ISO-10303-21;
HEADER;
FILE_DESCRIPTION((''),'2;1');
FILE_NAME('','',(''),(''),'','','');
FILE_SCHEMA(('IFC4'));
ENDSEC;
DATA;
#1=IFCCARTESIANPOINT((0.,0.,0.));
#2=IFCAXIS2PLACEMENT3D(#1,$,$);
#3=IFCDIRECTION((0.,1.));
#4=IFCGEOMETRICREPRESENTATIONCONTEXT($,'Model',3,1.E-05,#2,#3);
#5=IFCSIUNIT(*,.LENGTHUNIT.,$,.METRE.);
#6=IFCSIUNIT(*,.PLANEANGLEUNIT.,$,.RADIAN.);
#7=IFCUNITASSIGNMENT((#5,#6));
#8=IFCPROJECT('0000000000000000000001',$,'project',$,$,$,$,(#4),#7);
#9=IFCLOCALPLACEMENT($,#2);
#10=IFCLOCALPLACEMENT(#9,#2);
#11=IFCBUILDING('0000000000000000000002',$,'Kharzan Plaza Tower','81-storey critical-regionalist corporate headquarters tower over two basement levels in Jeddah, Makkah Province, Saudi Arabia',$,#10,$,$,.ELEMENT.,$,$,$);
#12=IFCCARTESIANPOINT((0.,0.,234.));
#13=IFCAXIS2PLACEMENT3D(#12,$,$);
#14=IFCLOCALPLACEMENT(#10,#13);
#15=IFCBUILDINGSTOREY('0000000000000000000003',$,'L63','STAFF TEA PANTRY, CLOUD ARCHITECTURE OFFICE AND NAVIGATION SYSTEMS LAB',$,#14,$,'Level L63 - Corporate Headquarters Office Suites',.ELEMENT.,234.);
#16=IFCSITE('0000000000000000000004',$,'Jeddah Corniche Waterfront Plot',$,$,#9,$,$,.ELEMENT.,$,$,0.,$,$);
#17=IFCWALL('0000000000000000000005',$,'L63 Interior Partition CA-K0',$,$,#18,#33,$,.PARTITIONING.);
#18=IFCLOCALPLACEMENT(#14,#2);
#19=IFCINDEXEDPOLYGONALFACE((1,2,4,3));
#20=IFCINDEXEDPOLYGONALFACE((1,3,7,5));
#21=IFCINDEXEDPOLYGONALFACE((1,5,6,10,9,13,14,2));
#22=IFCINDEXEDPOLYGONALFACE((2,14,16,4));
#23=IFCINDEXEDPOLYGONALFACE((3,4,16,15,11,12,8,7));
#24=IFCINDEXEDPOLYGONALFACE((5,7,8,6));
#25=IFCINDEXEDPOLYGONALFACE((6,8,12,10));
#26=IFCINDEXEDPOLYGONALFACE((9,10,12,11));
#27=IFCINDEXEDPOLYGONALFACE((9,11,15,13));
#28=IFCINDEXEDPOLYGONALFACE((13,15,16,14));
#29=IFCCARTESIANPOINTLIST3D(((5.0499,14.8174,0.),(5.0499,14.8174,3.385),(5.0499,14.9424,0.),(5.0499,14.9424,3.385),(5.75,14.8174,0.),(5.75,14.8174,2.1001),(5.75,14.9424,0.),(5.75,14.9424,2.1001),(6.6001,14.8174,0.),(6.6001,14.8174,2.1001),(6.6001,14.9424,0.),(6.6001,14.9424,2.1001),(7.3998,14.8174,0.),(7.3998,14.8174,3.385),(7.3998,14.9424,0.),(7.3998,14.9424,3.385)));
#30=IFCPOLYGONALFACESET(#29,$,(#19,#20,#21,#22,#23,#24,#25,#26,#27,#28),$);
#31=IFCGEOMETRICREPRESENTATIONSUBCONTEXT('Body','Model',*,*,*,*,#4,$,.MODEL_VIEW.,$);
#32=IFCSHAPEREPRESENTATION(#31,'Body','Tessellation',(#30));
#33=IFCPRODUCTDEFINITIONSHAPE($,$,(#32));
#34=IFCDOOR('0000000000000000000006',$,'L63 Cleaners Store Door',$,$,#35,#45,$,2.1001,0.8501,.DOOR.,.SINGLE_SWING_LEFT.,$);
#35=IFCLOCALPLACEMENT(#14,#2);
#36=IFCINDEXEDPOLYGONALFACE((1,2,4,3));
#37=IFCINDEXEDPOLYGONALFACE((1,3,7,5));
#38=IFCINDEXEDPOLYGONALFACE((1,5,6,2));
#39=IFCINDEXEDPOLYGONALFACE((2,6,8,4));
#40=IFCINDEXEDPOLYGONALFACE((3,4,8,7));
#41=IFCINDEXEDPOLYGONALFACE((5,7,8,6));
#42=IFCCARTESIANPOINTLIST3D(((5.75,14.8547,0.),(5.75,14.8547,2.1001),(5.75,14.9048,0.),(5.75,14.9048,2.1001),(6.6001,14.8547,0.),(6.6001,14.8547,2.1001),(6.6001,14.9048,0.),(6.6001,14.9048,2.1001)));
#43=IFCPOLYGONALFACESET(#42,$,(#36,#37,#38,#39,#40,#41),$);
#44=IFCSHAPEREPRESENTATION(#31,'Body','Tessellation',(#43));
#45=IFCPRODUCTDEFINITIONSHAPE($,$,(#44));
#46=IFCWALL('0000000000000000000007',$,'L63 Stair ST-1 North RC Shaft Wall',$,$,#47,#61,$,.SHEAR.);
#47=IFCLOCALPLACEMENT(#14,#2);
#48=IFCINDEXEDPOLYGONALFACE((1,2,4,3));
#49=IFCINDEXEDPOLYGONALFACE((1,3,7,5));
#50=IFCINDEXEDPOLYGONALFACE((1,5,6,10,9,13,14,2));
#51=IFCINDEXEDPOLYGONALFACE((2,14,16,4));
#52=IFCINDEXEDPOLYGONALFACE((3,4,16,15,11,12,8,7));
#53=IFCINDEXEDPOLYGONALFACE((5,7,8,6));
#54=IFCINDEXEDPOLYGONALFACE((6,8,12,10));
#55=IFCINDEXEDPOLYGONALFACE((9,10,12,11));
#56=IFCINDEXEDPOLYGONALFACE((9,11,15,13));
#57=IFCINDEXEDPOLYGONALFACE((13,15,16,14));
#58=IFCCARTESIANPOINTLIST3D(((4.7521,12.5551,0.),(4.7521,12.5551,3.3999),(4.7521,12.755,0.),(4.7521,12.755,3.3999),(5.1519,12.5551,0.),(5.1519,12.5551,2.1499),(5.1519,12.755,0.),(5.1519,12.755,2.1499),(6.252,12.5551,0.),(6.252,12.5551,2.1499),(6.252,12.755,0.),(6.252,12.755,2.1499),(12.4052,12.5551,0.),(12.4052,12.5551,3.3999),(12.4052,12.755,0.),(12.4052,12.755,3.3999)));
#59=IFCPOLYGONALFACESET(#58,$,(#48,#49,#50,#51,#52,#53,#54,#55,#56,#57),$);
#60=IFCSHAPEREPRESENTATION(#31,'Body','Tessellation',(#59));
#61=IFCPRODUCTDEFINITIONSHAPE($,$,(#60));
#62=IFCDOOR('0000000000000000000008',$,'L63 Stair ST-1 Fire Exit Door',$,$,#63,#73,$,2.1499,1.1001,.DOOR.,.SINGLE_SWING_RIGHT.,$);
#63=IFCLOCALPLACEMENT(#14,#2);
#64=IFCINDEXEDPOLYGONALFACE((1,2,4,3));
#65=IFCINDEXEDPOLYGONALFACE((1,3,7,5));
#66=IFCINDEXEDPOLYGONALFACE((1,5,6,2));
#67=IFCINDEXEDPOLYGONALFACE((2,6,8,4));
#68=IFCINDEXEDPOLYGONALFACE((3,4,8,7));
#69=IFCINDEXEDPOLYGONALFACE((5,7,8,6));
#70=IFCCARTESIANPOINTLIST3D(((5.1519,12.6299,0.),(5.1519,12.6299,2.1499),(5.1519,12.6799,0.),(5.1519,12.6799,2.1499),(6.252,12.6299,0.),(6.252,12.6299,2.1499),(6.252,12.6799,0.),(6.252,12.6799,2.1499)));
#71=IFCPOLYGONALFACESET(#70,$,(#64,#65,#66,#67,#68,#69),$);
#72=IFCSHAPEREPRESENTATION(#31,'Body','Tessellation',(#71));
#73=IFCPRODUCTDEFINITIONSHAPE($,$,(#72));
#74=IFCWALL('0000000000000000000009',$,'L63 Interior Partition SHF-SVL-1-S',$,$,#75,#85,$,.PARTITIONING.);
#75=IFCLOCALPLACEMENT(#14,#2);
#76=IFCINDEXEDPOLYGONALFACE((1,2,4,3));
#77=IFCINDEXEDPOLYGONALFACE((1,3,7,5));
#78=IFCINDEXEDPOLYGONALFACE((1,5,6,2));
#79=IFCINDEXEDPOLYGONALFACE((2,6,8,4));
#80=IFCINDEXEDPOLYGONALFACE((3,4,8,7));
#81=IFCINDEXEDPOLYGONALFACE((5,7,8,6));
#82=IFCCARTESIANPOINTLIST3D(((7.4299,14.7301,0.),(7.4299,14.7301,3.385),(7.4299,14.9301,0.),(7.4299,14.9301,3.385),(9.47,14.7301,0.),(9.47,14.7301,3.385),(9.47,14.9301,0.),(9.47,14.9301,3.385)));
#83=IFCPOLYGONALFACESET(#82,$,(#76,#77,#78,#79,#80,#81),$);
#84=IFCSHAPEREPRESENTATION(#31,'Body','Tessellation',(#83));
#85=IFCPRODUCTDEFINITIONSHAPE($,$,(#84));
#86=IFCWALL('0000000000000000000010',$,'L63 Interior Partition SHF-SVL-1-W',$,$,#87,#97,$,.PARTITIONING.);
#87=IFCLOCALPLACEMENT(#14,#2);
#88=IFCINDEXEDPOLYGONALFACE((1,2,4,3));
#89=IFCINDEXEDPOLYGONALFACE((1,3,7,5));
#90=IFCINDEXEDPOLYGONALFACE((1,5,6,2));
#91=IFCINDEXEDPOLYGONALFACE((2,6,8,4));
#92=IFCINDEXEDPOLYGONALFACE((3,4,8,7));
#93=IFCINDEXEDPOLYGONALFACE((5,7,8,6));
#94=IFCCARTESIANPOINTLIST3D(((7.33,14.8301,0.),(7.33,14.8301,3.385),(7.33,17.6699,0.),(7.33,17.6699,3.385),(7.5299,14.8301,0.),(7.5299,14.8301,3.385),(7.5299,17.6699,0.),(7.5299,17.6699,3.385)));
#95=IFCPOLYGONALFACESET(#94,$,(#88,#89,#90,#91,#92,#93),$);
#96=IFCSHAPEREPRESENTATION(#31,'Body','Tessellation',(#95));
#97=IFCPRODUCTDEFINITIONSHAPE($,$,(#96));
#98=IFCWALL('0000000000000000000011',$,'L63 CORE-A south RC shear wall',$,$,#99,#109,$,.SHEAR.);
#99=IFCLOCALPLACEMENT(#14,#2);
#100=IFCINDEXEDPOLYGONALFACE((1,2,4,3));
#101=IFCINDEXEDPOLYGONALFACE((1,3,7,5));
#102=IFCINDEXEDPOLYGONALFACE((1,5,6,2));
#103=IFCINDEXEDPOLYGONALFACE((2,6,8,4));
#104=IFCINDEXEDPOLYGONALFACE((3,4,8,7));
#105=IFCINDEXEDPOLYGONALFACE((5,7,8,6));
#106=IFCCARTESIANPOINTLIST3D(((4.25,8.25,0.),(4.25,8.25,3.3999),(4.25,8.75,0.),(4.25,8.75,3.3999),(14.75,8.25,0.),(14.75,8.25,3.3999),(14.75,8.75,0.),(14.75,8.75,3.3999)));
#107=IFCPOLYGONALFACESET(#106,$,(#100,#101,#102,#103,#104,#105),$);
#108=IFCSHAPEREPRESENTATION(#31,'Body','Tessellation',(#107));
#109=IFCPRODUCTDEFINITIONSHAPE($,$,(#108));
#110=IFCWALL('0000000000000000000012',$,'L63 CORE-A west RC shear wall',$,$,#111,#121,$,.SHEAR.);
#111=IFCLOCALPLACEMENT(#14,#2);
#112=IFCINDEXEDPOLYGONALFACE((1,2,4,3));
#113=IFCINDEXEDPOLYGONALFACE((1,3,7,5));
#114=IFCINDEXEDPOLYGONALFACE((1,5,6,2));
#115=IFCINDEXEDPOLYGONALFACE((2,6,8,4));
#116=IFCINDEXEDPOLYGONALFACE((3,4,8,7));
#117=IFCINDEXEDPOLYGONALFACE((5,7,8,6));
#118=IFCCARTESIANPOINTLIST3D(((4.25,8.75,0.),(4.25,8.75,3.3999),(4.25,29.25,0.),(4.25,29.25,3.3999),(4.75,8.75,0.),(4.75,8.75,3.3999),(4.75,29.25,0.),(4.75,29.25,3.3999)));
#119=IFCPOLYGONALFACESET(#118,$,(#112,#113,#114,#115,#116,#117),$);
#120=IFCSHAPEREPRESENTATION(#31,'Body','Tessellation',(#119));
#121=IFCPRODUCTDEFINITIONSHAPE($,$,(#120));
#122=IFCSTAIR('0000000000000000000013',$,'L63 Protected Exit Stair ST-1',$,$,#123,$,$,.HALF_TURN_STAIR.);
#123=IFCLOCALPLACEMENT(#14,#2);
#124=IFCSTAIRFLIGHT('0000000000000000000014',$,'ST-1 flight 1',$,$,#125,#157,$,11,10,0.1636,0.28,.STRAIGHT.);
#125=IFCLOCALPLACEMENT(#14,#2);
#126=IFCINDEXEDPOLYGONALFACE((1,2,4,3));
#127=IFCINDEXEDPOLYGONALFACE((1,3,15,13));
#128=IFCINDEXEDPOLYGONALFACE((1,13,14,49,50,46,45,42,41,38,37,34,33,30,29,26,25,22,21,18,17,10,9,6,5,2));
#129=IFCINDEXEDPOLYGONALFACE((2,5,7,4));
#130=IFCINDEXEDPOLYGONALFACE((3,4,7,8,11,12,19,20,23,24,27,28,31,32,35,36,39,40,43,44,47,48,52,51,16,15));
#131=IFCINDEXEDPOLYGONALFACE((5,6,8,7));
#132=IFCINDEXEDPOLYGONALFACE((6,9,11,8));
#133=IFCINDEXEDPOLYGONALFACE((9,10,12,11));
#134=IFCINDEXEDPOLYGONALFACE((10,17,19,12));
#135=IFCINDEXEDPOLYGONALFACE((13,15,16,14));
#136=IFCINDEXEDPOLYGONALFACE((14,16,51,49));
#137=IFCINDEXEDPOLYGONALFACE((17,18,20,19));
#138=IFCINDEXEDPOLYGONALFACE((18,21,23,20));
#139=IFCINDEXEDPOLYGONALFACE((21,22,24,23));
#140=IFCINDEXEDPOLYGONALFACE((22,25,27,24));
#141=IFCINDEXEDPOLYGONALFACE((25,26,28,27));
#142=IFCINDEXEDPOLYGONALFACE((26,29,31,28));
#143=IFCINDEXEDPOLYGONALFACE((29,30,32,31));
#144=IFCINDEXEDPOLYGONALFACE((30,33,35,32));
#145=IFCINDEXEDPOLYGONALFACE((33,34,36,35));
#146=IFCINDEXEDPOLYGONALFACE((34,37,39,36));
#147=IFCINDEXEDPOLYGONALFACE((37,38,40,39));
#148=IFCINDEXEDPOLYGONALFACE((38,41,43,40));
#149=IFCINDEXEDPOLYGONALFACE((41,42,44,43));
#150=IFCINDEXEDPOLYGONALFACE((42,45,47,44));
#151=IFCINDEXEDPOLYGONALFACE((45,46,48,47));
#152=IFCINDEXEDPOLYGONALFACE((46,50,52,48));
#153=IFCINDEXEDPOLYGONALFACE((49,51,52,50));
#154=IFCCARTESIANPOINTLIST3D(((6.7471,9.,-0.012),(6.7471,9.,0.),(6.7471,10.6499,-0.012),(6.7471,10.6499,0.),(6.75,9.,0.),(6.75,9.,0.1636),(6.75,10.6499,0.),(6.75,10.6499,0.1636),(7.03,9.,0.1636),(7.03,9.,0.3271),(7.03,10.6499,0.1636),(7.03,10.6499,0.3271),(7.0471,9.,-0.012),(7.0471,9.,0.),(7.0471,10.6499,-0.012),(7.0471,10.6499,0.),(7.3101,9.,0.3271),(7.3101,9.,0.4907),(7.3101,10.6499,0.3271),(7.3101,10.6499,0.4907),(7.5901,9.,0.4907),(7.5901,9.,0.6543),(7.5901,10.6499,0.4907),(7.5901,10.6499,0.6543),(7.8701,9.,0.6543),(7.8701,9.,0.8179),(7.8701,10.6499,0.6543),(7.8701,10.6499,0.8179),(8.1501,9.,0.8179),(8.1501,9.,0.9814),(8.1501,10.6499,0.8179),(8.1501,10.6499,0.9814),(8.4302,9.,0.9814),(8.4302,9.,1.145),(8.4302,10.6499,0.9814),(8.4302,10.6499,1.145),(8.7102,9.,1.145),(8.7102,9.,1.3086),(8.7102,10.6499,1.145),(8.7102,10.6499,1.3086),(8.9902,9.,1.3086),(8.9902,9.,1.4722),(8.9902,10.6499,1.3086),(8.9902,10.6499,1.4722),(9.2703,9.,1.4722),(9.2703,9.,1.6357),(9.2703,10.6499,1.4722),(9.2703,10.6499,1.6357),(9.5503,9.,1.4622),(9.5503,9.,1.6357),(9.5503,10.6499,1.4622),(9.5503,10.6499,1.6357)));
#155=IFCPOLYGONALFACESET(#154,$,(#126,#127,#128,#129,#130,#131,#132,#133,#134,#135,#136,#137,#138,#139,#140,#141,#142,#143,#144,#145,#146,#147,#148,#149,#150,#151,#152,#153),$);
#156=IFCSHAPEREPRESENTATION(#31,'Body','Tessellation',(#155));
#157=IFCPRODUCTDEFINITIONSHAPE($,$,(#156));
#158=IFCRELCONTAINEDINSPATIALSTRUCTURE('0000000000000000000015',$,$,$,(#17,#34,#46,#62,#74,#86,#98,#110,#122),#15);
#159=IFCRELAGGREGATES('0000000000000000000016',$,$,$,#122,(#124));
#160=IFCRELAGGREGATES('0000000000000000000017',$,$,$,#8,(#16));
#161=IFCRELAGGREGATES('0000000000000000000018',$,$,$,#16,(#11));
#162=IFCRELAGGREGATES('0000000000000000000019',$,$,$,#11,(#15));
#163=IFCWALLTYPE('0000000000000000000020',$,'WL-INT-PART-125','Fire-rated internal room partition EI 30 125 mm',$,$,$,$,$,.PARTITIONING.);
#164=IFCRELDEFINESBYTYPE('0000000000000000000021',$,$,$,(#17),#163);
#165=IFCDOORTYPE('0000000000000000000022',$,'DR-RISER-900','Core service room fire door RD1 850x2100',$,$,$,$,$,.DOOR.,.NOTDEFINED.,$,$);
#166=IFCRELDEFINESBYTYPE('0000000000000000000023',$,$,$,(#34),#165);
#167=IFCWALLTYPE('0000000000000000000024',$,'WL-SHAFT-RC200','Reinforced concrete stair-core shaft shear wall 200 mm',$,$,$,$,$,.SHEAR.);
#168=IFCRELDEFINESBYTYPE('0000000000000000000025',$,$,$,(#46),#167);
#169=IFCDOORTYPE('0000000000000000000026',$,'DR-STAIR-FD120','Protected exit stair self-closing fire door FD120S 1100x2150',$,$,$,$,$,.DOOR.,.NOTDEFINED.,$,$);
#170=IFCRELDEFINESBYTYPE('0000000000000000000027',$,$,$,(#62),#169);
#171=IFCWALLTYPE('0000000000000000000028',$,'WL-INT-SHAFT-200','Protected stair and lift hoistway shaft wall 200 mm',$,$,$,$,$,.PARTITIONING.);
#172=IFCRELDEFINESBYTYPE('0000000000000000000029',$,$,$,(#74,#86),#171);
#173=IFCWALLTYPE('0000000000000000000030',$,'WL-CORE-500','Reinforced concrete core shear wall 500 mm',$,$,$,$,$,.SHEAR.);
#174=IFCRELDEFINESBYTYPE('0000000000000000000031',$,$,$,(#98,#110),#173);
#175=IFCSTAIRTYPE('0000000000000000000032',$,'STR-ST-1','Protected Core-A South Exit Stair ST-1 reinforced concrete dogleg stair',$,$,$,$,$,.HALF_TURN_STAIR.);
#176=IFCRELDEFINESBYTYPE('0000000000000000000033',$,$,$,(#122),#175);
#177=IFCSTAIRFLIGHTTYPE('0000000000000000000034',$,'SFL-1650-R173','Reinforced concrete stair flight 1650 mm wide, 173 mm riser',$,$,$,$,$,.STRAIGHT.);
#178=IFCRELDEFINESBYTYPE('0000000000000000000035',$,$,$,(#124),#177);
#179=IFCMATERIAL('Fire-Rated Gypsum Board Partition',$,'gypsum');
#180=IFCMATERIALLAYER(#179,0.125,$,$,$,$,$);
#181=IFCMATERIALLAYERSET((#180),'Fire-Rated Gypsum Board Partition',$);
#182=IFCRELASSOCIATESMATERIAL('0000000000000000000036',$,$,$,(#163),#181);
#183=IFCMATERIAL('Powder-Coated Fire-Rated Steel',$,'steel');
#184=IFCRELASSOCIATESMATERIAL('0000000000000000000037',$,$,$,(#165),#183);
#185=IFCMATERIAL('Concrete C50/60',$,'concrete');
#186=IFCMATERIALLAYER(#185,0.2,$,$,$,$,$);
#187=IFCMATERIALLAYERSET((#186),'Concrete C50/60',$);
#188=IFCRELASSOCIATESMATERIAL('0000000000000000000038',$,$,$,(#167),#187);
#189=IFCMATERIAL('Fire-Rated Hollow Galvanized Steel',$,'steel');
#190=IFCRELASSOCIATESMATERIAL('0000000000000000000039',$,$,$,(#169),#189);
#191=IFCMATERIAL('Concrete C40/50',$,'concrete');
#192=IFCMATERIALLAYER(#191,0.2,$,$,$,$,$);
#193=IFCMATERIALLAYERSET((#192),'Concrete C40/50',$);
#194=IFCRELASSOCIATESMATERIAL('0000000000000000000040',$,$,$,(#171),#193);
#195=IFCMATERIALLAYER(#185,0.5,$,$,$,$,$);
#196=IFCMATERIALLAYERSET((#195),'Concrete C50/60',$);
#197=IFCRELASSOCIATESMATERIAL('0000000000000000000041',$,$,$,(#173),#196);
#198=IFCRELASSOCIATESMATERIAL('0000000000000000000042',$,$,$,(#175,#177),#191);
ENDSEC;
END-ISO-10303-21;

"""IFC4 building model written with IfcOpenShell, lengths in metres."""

from ifc_helpers import new_model, si_unit, direction, frame, frame_2d, origin, place, context, subcontext, project, spatial, polyline, rectangle, outline, extrude, source, transform, mapped, material, layer, layer_set, type_object, element, fill, aggregate, save


model = new_model("IFC4")

# Units and contexts
model_context = context("Model", 3, precision=1e-05, world=origin(), true_north=direction((0.0, 1.0)))
body_context = subcontext(model_context, "Body", "Model", "MODEL_VIEW")
ifc_project = project(units=[si_unit("LENGTHUNIT", "METRE"), si_unit("PLANEANGLEUNIT", "RADIAN")], contexts=[model_context])

# Site, building, storey
site_placement = place(None, origin())
site = spatial("IfcSite", under=ifc_project, at=site_placement, Name="Jeddah Corniche Waterfront Plot", CompositionType="ELEMENT", RefElevation=0.0)
building_placement = place(site_placement, origin())
building = spatial("IfcBuilding", under=site, at=building_placement, Name="Kharzan Plaza Tower", Description="81-storey critical-regionalist corporate headquarters tower over two basement levels in Jeddah, Makkah Province, Saudi Arabia", CompositionType="ELEMENT")
storey_placement = place(building_placement, frame((0.0, 0.0, 234.0)))
storey = spatial("IfcBuildingStorey", under=building, at=storey_placement, Name="L63", Description="STAFF TEA PANTRY, CLOUD ARCHITECTURE OFFICE AND NAVIGATION SYSTEMS LAB", LongName="Level L63 - Corporate Headquarters Office Suites", CompositionType="ELEMENT", Elevation=234.0)

# Shared definitions
ifc_material_1 = material(Name="Concrete C50/60", Category="concrete")

# Shared definitions
ifc_material_2 = material(Name="Concrete C40/50", Category="concrete")

# Walls, openings, doors
ifc_material_3 = material(Name="Fire-Rated Gypsum Board Partition", Category="gypsum")
ifc_layer_1 = layer(ifc_material_3, 0.125)
ifc_layer_set_1 = layer_set([ifc_layer_1], Name="Fire-Rated Gypsum Board Partition")
wall_type_1 = type_object("IfcWallType", Name="WL-INT-PART-125", Description="Fire-rated internal room partition EI 30 125 mm", PredefinedType="PARTITIONING", material=ifc_layer_set_1)
wall_1_placement = place(storey_placement, frame((5.05, 14.8799, 0.0), z_axis=(0.0, 0.0, 1.0), x_axis=(1.0, 0.0, 0.0)))
wall_1 = element("IfcWall", 1, at=wall_1_placement, inside=storey, type_object=wall_type_1, Name="L63 Interior Partition CA-K0", PredefinedType="PARTITIONING", context=body_context, shape_type="SweptSolid", body=[
    extrude(rectangle(XDim=2.3499, YDim=0.125, at=frame_2d((1.1748, 0.0))), origin(), (0.0, 0.0, 1.0), 3.385),
])
opening_1_placement = place(wall_1_placement, frame((0.7, 0.0, 0.0)))
opening_1 = element("IfcOpeningElement", 2, at=opening_1_placement, cuts=wall_1, PredefinedType="OPENING", context=body_context, shape_type="SweptSolid", body=[
    extrude(rectangle(XDim=0.8501, YDim=2.1001, at=frame_2d((0.425, 1.05))), frame((0.0, 0.0725, 0.0), z_axis=(0.0, -1.0, 0.0), x_axis=(1.0, 0.0, 0.0)), (0.0, 0.0, 1.0), 0.145),
])
ifc_material_4 = material(Name="Powder-Coated Fire-Rated Steel", Category="steel")
door_type_1 = type_object("IfcDoorType", Name="DR-RISER-900", Description="Core service room fire door RD1 850x2100", OperationType="NOTDEFINED", PredefinedType="DOOR", material=ifc_material_4)
shared_shape_1 = source(origin(), body_context, "Body", "SweptSolid", [
    extrude(rectangle(XDim=0.8501, YDim=2.1001, at=frame_2d((0.425, 1.05))), frame((0.0, 0.0249, 0.0), z_axis=(0.0, -1.0, 0.0), x_axis=(1.0, 0.0, 0.0)), (0.0, 0.0, 1.0), 0.05),
])
door_1_placement = place(opening_1_placement, origin())
door_1 = element("IfcDoor", 3, at=door_1_placement, inside=storey, type_object=door_type_1, Name="L63 Cleaners Store Door", OperationType="SINGLE_SWING_LEFT", OverallHeight=2.1001, OverallWidth=0.8501, PredefinedType="DOOR", context=body_context, shape_type="MappedRepresentation", body=[
    mapped(shared_shape_1, transform((0.0, 0.0, 0.0), x_axis=(1.0, 0.0, 0.0), y_axis=(0.0, 1.0, 0.0), z_axis=(0.0, 0.0, 1.0))),
])
fill(opening_1, door_1)
ifc_layer_2 = layer(ifc_material_1, 0.2)
ifc_layer_set_2 = layer_set([ifc_layer_2], Name="Concrete C50/60")
wall_type_2 = type_object("IfcWallType", Name="WL-SHAFT-RC200", Description="Reinforced concrete stair-core shaft shear wall 200 mm", PredefinedType="SHEAR", material=ifc_layer_set_2)
wall_2_placement = place(storey_placement, frame((4.752, 12.655, 0.0), z_axis=(0.0, 0.0, 1.0), x_axis=(1.0, 0.0, 0.0)))
wall_2 = element("IfcWall", 4, at=wall_2_placement, inside=storey, type_object=wall_type_2, Name="L63 Stair ST-1 North RC Shaft Wall", PredefinedType="SHEAR", context=body_context, shape_type="SweptSolid", body=[
    extrude(rectangle(XDim=7.6531, YDim=0.2, at=frame_2d((3.8267, 0.0))), origin(), (0.0, 0.0, 1.0), 3.3999),
])
opening_2_placement = place(wall_2_placement, frame((0.3999, 0.0, 0.0)))
opening_2 = element("IfcOpeningElement", 5, at=opening_2_placement, cuts=wall_2, PredefinedType="OPENING", context=body_context, shape_type="SweptSolid", body=[
    extrude(rectangle(XDim=1.1001, YDim=2.1499, at=frame_2d((0.55, 1.075))), frame((0.0, 0.1099, 0.0), z_axis=(0.0, -1.0, 0.0), x_axis=(1.0, 0.0, 0.0)), (0.0, 0.0, 1.0), 0.22),
])
ifc_material_5 = material(Name="Fire-Rated Hollow Galvanized Steel", Category="steel")
door_type_2 = type_object("IfcDoorType", Name="DR-STAIR-FD120", Description="Protected exit stair self-closing fire door FD120S 1100x2150", OperationType="NOTDEFINED", PredefinedType="DOOR", material=ifc_material_5)
shared_shape_2 = source(origin(), body_context, "Body", "SweptSolid", [
    extrude(rectangle(XDim=1.1001, YDim=2.1499, at=frame_2d((0.55, 1.075))), frame((0.0, 0.0249, 0.0), z_axis=(0.0, -1.0, 0.0), x_axis=(1.0, 0.0, 0.0)), (0.0, 0.0, 1.0), 0.05),
])
door_2_placement = place(opening_2_placement, origin())
door_2 = element("IfcDoor", 6, at=door_2_placement, inside=storey, type_object=door_type_2, Name="L63 Stair ST-1 Fire Exit Door", OperationType="SINGLE_SWING_RIGHT", OverallHeight=2.1499, OverallWidth=1.1001, PredefinedType="DOOR", context=body_context, shape_type="MappedRepresentation", body=[
    mapped(shared_shape_2, transform((0.0, 0.0, 0.0), x_axis=(1.0, 0.0, 0.0), y_axis=(0.0, 1.0, 0.0), z_axis=(0.0, 0.0, 1.0))),
])
fill(opening_2, door_2)

# Walls
ifc_layer_3 = layer(ifc_material_2, 0.2)
ifc_layer_set_3 = layer_set([ifc_layer_3], Name="Concrete C40/50")
wall_type_3 = type_object("IfcWallType", Name="WL-INT-SHAFT-200", Description="Protected stair and lift hoistway shaft wall 200 mm", PredefinedType="PARTITIONING", material=ifc_layer_set_3)
shared_shape_3 = source(origin(), body_context, "Body", "SweptSolid", [
    extrude(rectangle(XDim=2.04, YDim=0.2, at=frame_2d((1.02, 0.0))), origin(), (0.0, 0.0, 1.0), 3.385),
])
wall_3_placement = place(storey_placement, frame((7.4299, 14.8301, 0.0), z_axis=(0.0, 0.0, 1.0), x_axis=(1.0, 0.0, 0.0)))
element("IfcWall", 7, at=wall_3_placement, inside=storey, type_object=wall_type_3, Name="L63 Interior Partition SHF-SVL-1-S", PredefinedType="PARTITIONING", context=body_context, shape_type="MappedRepresentation", body=[
    mapped(shared_shape_3, transform((0.0, 0.0, 0.0), x_axis=(1.0, 0.0, 0.0), y_axis=(0.0, 1.0, 0.0), z_axis=(0.0, 0.0, 1.0))),
])
shared_shape_4 = source(origin(), body_context, "Body", "SweptSolid", [
    extrude(rectangle(XDim=2.8398, YDim=0.2, at=frame_2d((1.4199, 0.0))), origin(), (0.0, 0.0, 1.0), 3.385),
])
wall_4_placement = place(storey_placement, frame((7.4299, 14.8301, 0.0), z_axis=(0.0, 0.0, 1.0), x_axis=(0.0, 1.0, 0.0)))
element("IfcWall", 8, at=wall_4_placement, inside=storey, type_object=wall_type_3, Name="L63 Interior Partition SHF-SVL-1-W", PredefinedType="PARTITIONING", context=body_context, shape_type="MappedRepresentation", body=[
    mapped(shared_shape_4, transform((0.0, 0.0, 0.0), x_axis=(1.0, 0.0, 0.0), y_axis=(0.0, 1.0, 0.0), z_axis=(0.0, 0.0, 1.0))),
])
ifc_layer_4 = layer(ifc_material_1, 0.5)
ifc_layer_set_4 = layer_set([ifc_layer_4], Name="Concrete C50/60")
wall_type_4 = type_object("IfcWallType", Name="WL-CORE-500", Description="Reinforced concrete core shear wall 500 mm", PredefinedType="SHEAR", material=ifc_layer_set_4)
shared_shape_5 = source(origin(), body_context, "Body", "SweptSolid", [
    extrude(rectangle(XDim=10.5, YDim=0.5, at=frame_2d((5.25, 0.0))), origin(), (0.0, 0.0, 1.0), 3.3999),
])
wall_5_placement = place(storey_placement, frame((4.25, 8.5, 0.0), z_axis=(0.0, 0.0, 1.0), x_axis=(1.0, 0.0, 0.0)))
element("IfcWall", 9, at=wall_5_placement, inside=storey, type_object=wall_type_4, Name="L63 CORE-A south RC shear wall", PredefinedType="SHEAR", context=body_context, shape_type="MappedRepresentation", body=[
    mapped(shared_shape_5, transform((0.0, 0.0, 0.0), x_axis=(1.0, 0.0, 0.0), y_axis=(0.0, 1.0, 0.0), z_axis=(0.0, 0.0, 1.0))),
])
shared_shape_6 = source(origin(), body_context, "Body", "SweptSolid", [
    extrude(rectangle(XDim=20.5, YDim=0.5, at=frame_2d((10.25, 0.0))), origin(), (0.0, 0.0, 1.0), 3.3999),
])
wall_6_placement = place(storey_placement, frame((4.5, 8.75, 0.0), z_axis=(0.0, 0.0, 1.0), x_axis=(0.0, 1.0, 0.0)))
element("IfcWall", 10, at=wall_6_placement, inside=storey, type_object=wall_type_4, Name="L63 CORE-A west RC shear wall", PredefinedType="SHEAR", context=body_context, shape_type="MappedRepresentation", body=[
    mapped(shared_shape_6, transform((0.0, 0.0, 0.0), x_axis=(1.0, 0.0, 0.0), y_axis=(0.0, 1.0, 0.0), z_axis=(0.0, 0.0, 1.0))),
])

# Stair, stair flight
stair_type = type_object("IfcStairType", Name="STR-ST-1", Description="Protected Core-A South Exit Stair ST-1 reinforced concrete dogleg stair", PredefinedType="HALF_TURN_STAIR", material=ifc_material_2)
stair_placement = place(storey_placement, origin())
stair = element("IfcStair", 11, at=stair_placement, inside=storey, type_object=stair_type, Name="L63 Protected Exit Stair ST-1", PredefinedType="HALF_TURN_STAIR")
stair_flight_type = type_object("IfcStairFlightType", Name="SFL-1650-R173", Description="Reinforced concrete stair flight 1650 mm wide, 173 mm riser", PredefinedType="STRAIGHT", material=ifc_material_2)
shared_shape_7 = source(origin(), body_context, "Body", "SweptSolid", [
    extrude(outline(polyline([(-0.0029, -0.012), (-0.0029, 0.0), (0.0, 0.0), (0.0, 0.1636), (0.28, 0.1636), (0.28, 0.3271), (0.5601, 0.3271), (0.5601, 0.4907), (0.8401, 0.4907), (0.8401, 0.6543), (1.1201, 0.6543), (1.1201, 0.8179), (1.4001, 0.8179), (1.4001, 0.9814), (1.6802, 0.9814), (1.6802, 1.145), (1.9602, 1.145), (1.9602, 1.3086), (2.2402, 1.3086), (2.2402, 1.4722), (2.5203, 1.4722), (2.5203, 1.6357), (2.8003, 1.6357), (2.8003, 1.7993), (2.8003, 1.4622), (0.2971, 0.0), (0.2971, -0.012), (-0.0029, -0.012)])), frame((0.0, 0.825, 0.0), z_axis=(0.0, -1.0, 0.0), x_axis=(1.0, 0.0, 0.0)), (0.0, 0.0, 1.0), 1.6499),
])
stair_flight_placement = place(storey_placement, frame((6.75, 9.825, 0.0), z_axis=(0.0, 0.0, 1.0), x_axis=(1.0, 0.0, 0.0)))
stair_flight = element("IfcStairFlight", 12, at=stair_flight_placement, type_object=stair_flight_type, Name="ST-1 flight 1", NumberOfRisers=11, NumberOfTreads=10, PredefinedType="STRAIGHT", RiserHeight=0.1636, TreadLength=0.28, context=body_context, shape_type="MappedRepresentation", body=[
    mapped(shared_shape_7, transform((0.0, 0.0, 0.0), x_axis=(1.0, 0.0, 0.0), y_axis=(0.0, 1.0, 0.0), z_axis=(0.0, 0.0, 1.0))),
])
aggregate(stair, [stair_flight])

save(model, "model.ifc")
